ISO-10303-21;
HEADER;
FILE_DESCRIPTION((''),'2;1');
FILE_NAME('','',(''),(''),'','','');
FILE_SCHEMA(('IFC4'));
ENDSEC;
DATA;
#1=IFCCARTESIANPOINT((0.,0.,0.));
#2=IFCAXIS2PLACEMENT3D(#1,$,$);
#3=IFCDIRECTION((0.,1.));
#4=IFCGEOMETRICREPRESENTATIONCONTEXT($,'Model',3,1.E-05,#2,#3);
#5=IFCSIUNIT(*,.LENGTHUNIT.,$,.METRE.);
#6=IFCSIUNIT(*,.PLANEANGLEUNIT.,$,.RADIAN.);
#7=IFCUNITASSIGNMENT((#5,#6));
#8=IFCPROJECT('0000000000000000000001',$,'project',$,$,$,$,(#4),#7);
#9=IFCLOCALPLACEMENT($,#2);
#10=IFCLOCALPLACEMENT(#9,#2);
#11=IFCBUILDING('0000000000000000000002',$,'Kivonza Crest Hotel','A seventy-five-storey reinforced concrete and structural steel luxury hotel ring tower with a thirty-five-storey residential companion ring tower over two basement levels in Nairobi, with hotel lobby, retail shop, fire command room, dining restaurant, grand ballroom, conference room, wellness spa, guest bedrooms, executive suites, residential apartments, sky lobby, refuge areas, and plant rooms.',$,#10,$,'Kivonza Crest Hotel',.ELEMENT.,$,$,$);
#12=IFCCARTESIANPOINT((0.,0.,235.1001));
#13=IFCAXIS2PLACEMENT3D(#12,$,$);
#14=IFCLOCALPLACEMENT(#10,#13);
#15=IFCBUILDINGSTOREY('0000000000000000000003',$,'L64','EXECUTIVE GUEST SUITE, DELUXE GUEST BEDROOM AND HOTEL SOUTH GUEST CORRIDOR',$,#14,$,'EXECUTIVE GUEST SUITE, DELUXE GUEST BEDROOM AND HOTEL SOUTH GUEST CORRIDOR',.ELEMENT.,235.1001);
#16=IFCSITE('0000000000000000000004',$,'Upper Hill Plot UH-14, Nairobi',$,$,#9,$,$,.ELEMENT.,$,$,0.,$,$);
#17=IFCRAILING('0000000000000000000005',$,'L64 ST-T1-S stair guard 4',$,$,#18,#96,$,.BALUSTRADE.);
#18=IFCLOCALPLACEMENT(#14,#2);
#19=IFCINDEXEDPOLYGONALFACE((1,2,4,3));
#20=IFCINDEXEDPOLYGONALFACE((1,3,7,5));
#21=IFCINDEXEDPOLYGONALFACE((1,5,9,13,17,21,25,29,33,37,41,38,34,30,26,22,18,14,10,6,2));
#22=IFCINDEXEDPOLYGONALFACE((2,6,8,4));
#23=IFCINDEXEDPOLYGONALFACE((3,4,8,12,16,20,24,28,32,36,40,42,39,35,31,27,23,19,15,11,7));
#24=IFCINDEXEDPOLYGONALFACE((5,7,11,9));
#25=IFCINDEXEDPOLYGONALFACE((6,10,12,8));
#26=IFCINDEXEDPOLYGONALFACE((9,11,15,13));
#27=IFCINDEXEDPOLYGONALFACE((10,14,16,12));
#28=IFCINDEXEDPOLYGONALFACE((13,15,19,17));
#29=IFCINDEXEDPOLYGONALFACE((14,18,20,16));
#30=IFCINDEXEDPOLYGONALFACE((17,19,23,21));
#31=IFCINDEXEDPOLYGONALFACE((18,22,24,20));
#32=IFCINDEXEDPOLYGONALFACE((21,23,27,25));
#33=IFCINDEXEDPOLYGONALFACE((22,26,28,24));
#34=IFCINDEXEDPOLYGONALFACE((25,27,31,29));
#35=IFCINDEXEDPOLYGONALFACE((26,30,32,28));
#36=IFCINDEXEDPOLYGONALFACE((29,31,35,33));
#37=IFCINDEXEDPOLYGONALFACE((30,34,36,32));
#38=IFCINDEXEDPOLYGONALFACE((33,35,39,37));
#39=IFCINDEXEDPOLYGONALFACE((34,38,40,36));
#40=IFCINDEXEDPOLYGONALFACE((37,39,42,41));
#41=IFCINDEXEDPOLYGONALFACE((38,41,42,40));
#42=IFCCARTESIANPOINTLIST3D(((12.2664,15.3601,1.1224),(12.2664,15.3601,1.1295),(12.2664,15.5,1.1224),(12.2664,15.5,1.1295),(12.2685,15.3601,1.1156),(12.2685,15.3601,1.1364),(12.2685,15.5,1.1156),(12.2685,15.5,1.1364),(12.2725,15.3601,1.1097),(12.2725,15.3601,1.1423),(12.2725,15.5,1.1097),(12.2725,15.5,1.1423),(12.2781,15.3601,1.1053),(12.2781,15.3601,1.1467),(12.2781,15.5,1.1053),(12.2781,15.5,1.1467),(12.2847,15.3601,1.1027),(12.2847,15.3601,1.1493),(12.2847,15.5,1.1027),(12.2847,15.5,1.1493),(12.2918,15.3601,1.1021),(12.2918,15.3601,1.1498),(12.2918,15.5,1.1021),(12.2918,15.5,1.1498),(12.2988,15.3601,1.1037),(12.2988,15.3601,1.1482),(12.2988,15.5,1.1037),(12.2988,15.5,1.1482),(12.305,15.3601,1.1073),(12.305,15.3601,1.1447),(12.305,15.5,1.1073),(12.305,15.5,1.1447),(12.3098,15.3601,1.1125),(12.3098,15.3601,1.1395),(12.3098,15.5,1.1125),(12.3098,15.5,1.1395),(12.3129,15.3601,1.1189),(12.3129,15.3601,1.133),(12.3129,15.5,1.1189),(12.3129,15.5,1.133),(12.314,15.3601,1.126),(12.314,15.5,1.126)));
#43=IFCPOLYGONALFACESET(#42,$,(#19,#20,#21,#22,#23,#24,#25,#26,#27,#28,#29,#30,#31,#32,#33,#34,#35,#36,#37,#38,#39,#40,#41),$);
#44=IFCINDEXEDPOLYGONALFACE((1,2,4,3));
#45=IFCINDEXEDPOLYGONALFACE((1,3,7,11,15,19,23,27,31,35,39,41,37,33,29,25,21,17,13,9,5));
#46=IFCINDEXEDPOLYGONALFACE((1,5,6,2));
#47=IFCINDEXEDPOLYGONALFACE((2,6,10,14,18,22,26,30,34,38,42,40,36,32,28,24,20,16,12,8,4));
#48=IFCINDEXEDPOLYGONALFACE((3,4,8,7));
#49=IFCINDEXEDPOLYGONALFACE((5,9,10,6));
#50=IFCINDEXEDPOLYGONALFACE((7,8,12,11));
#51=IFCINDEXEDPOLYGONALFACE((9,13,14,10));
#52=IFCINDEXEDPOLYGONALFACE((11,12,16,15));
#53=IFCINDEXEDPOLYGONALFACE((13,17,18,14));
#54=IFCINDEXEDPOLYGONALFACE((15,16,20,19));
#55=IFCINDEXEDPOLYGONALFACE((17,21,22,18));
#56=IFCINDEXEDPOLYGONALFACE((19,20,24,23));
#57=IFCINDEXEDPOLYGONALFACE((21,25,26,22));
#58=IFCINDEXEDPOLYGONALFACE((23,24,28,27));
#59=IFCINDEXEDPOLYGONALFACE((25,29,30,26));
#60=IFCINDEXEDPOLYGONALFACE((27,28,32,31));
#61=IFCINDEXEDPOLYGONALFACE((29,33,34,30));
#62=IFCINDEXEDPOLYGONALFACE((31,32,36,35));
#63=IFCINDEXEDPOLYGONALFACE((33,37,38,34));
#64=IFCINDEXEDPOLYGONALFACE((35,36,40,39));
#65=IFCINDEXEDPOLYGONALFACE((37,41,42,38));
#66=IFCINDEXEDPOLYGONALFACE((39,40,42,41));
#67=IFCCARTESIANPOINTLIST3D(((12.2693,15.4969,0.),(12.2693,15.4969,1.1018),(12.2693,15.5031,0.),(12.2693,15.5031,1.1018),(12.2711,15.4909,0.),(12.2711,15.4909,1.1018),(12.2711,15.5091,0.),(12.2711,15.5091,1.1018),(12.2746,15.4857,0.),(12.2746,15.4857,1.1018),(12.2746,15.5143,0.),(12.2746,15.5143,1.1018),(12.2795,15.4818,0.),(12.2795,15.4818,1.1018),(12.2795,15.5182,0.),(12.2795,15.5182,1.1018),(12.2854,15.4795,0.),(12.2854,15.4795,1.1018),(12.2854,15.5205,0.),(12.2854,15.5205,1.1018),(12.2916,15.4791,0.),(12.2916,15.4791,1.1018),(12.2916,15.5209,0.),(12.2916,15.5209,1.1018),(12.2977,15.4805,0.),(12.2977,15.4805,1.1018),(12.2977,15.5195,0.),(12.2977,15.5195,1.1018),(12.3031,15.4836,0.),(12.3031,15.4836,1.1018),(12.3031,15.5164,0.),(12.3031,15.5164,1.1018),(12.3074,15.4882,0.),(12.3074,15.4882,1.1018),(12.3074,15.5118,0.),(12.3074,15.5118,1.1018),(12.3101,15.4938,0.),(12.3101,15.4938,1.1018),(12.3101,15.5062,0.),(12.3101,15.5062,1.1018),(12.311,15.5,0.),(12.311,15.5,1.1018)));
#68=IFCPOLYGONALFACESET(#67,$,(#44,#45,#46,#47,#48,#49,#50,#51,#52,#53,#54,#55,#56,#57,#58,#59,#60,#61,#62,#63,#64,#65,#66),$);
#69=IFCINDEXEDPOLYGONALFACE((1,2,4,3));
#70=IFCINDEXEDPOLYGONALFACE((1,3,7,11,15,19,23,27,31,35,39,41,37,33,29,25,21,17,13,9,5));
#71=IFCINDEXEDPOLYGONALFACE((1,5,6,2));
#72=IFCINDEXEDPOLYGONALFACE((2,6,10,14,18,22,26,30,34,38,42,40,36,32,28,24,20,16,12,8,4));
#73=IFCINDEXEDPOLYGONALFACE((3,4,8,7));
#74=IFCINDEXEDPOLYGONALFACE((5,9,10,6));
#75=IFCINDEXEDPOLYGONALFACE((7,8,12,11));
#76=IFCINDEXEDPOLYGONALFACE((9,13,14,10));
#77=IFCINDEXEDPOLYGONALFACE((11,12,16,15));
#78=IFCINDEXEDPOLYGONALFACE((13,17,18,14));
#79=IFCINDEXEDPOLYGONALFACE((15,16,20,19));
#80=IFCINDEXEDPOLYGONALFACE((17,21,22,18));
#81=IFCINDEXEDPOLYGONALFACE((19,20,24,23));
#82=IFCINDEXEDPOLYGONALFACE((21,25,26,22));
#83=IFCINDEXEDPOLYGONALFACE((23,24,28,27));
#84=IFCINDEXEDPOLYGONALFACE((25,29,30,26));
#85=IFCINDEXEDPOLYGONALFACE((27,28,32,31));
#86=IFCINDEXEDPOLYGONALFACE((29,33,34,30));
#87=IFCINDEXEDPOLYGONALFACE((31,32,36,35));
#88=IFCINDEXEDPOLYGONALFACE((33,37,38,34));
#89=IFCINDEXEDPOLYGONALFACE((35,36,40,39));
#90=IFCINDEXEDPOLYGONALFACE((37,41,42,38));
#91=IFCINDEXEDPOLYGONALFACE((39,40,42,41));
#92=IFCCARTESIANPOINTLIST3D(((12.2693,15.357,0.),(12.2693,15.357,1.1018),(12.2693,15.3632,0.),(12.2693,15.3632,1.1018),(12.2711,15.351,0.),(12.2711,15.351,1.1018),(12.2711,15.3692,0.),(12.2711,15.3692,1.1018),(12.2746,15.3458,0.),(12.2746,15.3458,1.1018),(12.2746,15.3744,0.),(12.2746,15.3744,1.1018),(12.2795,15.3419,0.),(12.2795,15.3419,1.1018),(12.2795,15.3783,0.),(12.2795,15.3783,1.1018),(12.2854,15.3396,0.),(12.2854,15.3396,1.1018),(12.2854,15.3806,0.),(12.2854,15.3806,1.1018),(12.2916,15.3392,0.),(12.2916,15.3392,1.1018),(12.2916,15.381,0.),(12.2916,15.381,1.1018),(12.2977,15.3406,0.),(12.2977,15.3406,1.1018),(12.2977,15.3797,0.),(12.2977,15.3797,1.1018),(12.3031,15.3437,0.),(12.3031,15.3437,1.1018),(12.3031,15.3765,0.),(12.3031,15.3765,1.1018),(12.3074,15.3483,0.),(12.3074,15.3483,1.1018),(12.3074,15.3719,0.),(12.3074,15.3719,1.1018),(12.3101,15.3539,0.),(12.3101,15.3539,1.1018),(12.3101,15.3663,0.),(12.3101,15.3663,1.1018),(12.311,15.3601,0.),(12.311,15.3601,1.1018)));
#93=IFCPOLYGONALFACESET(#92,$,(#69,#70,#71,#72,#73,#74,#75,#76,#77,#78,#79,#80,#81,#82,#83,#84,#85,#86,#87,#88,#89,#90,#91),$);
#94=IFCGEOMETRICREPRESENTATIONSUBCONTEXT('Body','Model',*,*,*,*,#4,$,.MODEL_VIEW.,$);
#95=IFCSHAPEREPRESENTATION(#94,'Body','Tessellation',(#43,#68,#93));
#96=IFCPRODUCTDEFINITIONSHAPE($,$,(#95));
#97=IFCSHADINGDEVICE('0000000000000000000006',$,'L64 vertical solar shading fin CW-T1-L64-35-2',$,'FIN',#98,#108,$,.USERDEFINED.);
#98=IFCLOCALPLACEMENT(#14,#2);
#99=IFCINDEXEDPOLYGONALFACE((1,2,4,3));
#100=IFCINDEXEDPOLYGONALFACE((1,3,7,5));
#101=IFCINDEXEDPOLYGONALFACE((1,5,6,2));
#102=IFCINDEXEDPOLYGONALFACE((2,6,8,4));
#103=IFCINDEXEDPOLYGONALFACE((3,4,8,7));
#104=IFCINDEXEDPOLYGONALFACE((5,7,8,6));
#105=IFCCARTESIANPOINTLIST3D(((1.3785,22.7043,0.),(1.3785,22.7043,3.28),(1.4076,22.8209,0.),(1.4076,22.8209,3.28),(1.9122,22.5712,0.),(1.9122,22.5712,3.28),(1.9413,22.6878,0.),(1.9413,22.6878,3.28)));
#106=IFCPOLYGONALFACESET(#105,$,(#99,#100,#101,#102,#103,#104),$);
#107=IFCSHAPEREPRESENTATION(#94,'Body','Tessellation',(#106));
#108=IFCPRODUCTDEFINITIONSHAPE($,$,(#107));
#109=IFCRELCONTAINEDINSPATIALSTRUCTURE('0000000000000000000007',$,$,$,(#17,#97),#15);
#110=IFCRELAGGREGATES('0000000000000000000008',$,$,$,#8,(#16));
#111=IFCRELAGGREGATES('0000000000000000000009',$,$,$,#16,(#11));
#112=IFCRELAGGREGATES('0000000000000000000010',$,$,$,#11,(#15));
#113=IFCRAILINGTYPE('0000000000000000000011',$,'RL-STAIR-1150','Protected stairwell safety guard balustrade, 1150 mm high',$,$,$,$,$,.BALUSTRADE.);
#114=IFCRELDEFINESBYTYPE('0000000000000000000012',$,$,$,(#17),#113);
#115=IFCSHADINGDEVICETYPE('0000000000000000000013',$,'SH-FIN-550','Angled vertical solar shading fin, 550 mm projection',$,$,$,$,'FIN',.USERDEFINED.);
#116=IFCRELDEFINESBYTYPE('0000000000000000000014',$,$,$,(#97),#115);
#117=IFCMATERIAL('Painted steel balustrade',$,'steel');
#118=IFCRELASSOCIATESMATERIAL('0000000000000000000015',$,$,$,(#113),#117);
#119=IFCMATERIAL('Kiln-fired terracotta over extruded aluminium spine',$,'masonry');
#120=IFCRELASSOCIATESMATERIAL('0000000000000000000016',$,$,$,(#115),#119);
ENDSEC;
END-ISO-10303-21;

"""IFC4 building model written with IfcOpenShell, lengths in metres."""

from ifc_helpers import new_model, si_unit, direction, frame, origin, origin_2d, place, context, subcontext, project, spatial, rectangle, circle, extrude, material, type_object, element, save


model = new_model("IFC4")

# Units and contexts
model_context = context("Model", 3, precision=1e-05, world=origin(), true_north=direction((0.0, 1.0)))
body_context = subcontext(model_context, "Body", "Model", "MODEL_VIEW")
ifc_project = project(units=[si_unit("LENGTHUNIT", "METRE"), si_unit("PLANEANGLEUNIT", "RADIAN")], contexts=[model_context])

# Site, building, storey
site_placement = place(None, origin())
site = spatial("IfcSite", under=ifc_project, at=site_placement, Name="Upper Hill Plot UH-14, Nairobi", CompositionType="ELEMENT", RefElevation=0.0)
building_placement = place(site_placement, origin())
building = spatial("IfcBuilding", under=site, at=building_placement, Name="Kivonza Crest Hotel", Description="A seventy-five-storey reinforced concrete and structural steel luxury hotel ring tower with a thirty-five-storey residential companion ring tower over two basement levels in Nairobi, with hotel lobby, retail shop, fire command room, dining restaurant, grand ballroom, conference room, wellness spa, guest bedrooms, executive suites, residential apartments, sky lobby, refuge areas, and plant rooms.", LongName="Kivonza Crest Hotel", CompositionType="ELEMENT")
storey_placement = place(building_placement, frame((0.0, 0.0, 235.1001)))
storey = spatial("IfcBuildingStorey", under=building, at=storey_placement, Name="L64", Description="EXECUTIVE GUEST SUITE, DELUXE GUEST BEDROOM AND HOTEL SOUTH GUEST CORRIDOR", LongName="EXECUTIVE GUEST SUITE, DELUXE GUEST BEDROOM AND HOTEL SOUTH GUEST CORRIDOR", CompositionType="ELEMENT", Elevation=235.1001)

# Railing
ifc_material_1 = material(Name="Painted steel balustrade", Category="steel")
railing_type_1 = type_object("IfcRailingType", Name="RL-STAIR-1150", Description="Protected stairwell safety guard balustrade, 1150 mm high", PredefinedType="BALUSTRADE", material=ifc_material_1)
railing_1_placement = place(storey_placement, frame((12.29, 15.5, 0.0)))
element("IfcRailing", 1, at=railing_1_placement, inside=storey, type_object=railing_type_1, Name="L64 ST-T1-S stair guard 4", PredefinedType="BALUSTRADE", context=body_context, shape_type="SweptSolid", body=[
    extrude(circle(Radius=0.0239, at=origin_2d()), frame((0.0, 0.0, 1.126), z_axis=(0.0, -1.0, 0.0), x_axis=(1.0, 0.0, 0.0)), (0.0, 0.0, 1.0), 0.1399),
    extrude(circle(Radius=0.021, at=origin_2d()), origin(), (0.0, 0.0, 1.0), 1.1018),
    extrude(circle(Radius=0.021, at=origin_2d()), frame((0.0, -0.1399, 0.0)), (0.0, 0.0, 1.0), 1.1018),
])

# Shading device
ifc_material_2 = material(Name="Kiln-fired terracotta over extruded aluminium spine", Category="masonry")
shading_device_type = type_object("IfcShadingDeviceType", Name="SH-FIN-550", Description="Angled vertical solar shading fin, 550 mm projection", ElementType="FIN", PredefinedType="USERDEFINED", material=ifc_material_2)
shading_device_placement = place(storey_placement, frame((1.6599, 22.696, 0.0), z_axis=(0.0, 0.0, 1.0), x_axis=(-0.241922, -0.970296, 0.0)))
element("IfcShadingDevice", 2, at=shading_device_placement, inside=storey, type_object=shading_device_type, Name="L64 vertical solar shading fin CW-T1-L64-35-2", ObjectType="FIN", PredefinedType="USERDEFINED", context=body_context, shape_type="SweptSolid", body=[
    extrude(rectangle(XDim=0.1201, YDim=0.55, at=origin_2d()), origin(), (0.0, 0.0, 1.0), 3.28),
])

save(model, "model.ifc")
